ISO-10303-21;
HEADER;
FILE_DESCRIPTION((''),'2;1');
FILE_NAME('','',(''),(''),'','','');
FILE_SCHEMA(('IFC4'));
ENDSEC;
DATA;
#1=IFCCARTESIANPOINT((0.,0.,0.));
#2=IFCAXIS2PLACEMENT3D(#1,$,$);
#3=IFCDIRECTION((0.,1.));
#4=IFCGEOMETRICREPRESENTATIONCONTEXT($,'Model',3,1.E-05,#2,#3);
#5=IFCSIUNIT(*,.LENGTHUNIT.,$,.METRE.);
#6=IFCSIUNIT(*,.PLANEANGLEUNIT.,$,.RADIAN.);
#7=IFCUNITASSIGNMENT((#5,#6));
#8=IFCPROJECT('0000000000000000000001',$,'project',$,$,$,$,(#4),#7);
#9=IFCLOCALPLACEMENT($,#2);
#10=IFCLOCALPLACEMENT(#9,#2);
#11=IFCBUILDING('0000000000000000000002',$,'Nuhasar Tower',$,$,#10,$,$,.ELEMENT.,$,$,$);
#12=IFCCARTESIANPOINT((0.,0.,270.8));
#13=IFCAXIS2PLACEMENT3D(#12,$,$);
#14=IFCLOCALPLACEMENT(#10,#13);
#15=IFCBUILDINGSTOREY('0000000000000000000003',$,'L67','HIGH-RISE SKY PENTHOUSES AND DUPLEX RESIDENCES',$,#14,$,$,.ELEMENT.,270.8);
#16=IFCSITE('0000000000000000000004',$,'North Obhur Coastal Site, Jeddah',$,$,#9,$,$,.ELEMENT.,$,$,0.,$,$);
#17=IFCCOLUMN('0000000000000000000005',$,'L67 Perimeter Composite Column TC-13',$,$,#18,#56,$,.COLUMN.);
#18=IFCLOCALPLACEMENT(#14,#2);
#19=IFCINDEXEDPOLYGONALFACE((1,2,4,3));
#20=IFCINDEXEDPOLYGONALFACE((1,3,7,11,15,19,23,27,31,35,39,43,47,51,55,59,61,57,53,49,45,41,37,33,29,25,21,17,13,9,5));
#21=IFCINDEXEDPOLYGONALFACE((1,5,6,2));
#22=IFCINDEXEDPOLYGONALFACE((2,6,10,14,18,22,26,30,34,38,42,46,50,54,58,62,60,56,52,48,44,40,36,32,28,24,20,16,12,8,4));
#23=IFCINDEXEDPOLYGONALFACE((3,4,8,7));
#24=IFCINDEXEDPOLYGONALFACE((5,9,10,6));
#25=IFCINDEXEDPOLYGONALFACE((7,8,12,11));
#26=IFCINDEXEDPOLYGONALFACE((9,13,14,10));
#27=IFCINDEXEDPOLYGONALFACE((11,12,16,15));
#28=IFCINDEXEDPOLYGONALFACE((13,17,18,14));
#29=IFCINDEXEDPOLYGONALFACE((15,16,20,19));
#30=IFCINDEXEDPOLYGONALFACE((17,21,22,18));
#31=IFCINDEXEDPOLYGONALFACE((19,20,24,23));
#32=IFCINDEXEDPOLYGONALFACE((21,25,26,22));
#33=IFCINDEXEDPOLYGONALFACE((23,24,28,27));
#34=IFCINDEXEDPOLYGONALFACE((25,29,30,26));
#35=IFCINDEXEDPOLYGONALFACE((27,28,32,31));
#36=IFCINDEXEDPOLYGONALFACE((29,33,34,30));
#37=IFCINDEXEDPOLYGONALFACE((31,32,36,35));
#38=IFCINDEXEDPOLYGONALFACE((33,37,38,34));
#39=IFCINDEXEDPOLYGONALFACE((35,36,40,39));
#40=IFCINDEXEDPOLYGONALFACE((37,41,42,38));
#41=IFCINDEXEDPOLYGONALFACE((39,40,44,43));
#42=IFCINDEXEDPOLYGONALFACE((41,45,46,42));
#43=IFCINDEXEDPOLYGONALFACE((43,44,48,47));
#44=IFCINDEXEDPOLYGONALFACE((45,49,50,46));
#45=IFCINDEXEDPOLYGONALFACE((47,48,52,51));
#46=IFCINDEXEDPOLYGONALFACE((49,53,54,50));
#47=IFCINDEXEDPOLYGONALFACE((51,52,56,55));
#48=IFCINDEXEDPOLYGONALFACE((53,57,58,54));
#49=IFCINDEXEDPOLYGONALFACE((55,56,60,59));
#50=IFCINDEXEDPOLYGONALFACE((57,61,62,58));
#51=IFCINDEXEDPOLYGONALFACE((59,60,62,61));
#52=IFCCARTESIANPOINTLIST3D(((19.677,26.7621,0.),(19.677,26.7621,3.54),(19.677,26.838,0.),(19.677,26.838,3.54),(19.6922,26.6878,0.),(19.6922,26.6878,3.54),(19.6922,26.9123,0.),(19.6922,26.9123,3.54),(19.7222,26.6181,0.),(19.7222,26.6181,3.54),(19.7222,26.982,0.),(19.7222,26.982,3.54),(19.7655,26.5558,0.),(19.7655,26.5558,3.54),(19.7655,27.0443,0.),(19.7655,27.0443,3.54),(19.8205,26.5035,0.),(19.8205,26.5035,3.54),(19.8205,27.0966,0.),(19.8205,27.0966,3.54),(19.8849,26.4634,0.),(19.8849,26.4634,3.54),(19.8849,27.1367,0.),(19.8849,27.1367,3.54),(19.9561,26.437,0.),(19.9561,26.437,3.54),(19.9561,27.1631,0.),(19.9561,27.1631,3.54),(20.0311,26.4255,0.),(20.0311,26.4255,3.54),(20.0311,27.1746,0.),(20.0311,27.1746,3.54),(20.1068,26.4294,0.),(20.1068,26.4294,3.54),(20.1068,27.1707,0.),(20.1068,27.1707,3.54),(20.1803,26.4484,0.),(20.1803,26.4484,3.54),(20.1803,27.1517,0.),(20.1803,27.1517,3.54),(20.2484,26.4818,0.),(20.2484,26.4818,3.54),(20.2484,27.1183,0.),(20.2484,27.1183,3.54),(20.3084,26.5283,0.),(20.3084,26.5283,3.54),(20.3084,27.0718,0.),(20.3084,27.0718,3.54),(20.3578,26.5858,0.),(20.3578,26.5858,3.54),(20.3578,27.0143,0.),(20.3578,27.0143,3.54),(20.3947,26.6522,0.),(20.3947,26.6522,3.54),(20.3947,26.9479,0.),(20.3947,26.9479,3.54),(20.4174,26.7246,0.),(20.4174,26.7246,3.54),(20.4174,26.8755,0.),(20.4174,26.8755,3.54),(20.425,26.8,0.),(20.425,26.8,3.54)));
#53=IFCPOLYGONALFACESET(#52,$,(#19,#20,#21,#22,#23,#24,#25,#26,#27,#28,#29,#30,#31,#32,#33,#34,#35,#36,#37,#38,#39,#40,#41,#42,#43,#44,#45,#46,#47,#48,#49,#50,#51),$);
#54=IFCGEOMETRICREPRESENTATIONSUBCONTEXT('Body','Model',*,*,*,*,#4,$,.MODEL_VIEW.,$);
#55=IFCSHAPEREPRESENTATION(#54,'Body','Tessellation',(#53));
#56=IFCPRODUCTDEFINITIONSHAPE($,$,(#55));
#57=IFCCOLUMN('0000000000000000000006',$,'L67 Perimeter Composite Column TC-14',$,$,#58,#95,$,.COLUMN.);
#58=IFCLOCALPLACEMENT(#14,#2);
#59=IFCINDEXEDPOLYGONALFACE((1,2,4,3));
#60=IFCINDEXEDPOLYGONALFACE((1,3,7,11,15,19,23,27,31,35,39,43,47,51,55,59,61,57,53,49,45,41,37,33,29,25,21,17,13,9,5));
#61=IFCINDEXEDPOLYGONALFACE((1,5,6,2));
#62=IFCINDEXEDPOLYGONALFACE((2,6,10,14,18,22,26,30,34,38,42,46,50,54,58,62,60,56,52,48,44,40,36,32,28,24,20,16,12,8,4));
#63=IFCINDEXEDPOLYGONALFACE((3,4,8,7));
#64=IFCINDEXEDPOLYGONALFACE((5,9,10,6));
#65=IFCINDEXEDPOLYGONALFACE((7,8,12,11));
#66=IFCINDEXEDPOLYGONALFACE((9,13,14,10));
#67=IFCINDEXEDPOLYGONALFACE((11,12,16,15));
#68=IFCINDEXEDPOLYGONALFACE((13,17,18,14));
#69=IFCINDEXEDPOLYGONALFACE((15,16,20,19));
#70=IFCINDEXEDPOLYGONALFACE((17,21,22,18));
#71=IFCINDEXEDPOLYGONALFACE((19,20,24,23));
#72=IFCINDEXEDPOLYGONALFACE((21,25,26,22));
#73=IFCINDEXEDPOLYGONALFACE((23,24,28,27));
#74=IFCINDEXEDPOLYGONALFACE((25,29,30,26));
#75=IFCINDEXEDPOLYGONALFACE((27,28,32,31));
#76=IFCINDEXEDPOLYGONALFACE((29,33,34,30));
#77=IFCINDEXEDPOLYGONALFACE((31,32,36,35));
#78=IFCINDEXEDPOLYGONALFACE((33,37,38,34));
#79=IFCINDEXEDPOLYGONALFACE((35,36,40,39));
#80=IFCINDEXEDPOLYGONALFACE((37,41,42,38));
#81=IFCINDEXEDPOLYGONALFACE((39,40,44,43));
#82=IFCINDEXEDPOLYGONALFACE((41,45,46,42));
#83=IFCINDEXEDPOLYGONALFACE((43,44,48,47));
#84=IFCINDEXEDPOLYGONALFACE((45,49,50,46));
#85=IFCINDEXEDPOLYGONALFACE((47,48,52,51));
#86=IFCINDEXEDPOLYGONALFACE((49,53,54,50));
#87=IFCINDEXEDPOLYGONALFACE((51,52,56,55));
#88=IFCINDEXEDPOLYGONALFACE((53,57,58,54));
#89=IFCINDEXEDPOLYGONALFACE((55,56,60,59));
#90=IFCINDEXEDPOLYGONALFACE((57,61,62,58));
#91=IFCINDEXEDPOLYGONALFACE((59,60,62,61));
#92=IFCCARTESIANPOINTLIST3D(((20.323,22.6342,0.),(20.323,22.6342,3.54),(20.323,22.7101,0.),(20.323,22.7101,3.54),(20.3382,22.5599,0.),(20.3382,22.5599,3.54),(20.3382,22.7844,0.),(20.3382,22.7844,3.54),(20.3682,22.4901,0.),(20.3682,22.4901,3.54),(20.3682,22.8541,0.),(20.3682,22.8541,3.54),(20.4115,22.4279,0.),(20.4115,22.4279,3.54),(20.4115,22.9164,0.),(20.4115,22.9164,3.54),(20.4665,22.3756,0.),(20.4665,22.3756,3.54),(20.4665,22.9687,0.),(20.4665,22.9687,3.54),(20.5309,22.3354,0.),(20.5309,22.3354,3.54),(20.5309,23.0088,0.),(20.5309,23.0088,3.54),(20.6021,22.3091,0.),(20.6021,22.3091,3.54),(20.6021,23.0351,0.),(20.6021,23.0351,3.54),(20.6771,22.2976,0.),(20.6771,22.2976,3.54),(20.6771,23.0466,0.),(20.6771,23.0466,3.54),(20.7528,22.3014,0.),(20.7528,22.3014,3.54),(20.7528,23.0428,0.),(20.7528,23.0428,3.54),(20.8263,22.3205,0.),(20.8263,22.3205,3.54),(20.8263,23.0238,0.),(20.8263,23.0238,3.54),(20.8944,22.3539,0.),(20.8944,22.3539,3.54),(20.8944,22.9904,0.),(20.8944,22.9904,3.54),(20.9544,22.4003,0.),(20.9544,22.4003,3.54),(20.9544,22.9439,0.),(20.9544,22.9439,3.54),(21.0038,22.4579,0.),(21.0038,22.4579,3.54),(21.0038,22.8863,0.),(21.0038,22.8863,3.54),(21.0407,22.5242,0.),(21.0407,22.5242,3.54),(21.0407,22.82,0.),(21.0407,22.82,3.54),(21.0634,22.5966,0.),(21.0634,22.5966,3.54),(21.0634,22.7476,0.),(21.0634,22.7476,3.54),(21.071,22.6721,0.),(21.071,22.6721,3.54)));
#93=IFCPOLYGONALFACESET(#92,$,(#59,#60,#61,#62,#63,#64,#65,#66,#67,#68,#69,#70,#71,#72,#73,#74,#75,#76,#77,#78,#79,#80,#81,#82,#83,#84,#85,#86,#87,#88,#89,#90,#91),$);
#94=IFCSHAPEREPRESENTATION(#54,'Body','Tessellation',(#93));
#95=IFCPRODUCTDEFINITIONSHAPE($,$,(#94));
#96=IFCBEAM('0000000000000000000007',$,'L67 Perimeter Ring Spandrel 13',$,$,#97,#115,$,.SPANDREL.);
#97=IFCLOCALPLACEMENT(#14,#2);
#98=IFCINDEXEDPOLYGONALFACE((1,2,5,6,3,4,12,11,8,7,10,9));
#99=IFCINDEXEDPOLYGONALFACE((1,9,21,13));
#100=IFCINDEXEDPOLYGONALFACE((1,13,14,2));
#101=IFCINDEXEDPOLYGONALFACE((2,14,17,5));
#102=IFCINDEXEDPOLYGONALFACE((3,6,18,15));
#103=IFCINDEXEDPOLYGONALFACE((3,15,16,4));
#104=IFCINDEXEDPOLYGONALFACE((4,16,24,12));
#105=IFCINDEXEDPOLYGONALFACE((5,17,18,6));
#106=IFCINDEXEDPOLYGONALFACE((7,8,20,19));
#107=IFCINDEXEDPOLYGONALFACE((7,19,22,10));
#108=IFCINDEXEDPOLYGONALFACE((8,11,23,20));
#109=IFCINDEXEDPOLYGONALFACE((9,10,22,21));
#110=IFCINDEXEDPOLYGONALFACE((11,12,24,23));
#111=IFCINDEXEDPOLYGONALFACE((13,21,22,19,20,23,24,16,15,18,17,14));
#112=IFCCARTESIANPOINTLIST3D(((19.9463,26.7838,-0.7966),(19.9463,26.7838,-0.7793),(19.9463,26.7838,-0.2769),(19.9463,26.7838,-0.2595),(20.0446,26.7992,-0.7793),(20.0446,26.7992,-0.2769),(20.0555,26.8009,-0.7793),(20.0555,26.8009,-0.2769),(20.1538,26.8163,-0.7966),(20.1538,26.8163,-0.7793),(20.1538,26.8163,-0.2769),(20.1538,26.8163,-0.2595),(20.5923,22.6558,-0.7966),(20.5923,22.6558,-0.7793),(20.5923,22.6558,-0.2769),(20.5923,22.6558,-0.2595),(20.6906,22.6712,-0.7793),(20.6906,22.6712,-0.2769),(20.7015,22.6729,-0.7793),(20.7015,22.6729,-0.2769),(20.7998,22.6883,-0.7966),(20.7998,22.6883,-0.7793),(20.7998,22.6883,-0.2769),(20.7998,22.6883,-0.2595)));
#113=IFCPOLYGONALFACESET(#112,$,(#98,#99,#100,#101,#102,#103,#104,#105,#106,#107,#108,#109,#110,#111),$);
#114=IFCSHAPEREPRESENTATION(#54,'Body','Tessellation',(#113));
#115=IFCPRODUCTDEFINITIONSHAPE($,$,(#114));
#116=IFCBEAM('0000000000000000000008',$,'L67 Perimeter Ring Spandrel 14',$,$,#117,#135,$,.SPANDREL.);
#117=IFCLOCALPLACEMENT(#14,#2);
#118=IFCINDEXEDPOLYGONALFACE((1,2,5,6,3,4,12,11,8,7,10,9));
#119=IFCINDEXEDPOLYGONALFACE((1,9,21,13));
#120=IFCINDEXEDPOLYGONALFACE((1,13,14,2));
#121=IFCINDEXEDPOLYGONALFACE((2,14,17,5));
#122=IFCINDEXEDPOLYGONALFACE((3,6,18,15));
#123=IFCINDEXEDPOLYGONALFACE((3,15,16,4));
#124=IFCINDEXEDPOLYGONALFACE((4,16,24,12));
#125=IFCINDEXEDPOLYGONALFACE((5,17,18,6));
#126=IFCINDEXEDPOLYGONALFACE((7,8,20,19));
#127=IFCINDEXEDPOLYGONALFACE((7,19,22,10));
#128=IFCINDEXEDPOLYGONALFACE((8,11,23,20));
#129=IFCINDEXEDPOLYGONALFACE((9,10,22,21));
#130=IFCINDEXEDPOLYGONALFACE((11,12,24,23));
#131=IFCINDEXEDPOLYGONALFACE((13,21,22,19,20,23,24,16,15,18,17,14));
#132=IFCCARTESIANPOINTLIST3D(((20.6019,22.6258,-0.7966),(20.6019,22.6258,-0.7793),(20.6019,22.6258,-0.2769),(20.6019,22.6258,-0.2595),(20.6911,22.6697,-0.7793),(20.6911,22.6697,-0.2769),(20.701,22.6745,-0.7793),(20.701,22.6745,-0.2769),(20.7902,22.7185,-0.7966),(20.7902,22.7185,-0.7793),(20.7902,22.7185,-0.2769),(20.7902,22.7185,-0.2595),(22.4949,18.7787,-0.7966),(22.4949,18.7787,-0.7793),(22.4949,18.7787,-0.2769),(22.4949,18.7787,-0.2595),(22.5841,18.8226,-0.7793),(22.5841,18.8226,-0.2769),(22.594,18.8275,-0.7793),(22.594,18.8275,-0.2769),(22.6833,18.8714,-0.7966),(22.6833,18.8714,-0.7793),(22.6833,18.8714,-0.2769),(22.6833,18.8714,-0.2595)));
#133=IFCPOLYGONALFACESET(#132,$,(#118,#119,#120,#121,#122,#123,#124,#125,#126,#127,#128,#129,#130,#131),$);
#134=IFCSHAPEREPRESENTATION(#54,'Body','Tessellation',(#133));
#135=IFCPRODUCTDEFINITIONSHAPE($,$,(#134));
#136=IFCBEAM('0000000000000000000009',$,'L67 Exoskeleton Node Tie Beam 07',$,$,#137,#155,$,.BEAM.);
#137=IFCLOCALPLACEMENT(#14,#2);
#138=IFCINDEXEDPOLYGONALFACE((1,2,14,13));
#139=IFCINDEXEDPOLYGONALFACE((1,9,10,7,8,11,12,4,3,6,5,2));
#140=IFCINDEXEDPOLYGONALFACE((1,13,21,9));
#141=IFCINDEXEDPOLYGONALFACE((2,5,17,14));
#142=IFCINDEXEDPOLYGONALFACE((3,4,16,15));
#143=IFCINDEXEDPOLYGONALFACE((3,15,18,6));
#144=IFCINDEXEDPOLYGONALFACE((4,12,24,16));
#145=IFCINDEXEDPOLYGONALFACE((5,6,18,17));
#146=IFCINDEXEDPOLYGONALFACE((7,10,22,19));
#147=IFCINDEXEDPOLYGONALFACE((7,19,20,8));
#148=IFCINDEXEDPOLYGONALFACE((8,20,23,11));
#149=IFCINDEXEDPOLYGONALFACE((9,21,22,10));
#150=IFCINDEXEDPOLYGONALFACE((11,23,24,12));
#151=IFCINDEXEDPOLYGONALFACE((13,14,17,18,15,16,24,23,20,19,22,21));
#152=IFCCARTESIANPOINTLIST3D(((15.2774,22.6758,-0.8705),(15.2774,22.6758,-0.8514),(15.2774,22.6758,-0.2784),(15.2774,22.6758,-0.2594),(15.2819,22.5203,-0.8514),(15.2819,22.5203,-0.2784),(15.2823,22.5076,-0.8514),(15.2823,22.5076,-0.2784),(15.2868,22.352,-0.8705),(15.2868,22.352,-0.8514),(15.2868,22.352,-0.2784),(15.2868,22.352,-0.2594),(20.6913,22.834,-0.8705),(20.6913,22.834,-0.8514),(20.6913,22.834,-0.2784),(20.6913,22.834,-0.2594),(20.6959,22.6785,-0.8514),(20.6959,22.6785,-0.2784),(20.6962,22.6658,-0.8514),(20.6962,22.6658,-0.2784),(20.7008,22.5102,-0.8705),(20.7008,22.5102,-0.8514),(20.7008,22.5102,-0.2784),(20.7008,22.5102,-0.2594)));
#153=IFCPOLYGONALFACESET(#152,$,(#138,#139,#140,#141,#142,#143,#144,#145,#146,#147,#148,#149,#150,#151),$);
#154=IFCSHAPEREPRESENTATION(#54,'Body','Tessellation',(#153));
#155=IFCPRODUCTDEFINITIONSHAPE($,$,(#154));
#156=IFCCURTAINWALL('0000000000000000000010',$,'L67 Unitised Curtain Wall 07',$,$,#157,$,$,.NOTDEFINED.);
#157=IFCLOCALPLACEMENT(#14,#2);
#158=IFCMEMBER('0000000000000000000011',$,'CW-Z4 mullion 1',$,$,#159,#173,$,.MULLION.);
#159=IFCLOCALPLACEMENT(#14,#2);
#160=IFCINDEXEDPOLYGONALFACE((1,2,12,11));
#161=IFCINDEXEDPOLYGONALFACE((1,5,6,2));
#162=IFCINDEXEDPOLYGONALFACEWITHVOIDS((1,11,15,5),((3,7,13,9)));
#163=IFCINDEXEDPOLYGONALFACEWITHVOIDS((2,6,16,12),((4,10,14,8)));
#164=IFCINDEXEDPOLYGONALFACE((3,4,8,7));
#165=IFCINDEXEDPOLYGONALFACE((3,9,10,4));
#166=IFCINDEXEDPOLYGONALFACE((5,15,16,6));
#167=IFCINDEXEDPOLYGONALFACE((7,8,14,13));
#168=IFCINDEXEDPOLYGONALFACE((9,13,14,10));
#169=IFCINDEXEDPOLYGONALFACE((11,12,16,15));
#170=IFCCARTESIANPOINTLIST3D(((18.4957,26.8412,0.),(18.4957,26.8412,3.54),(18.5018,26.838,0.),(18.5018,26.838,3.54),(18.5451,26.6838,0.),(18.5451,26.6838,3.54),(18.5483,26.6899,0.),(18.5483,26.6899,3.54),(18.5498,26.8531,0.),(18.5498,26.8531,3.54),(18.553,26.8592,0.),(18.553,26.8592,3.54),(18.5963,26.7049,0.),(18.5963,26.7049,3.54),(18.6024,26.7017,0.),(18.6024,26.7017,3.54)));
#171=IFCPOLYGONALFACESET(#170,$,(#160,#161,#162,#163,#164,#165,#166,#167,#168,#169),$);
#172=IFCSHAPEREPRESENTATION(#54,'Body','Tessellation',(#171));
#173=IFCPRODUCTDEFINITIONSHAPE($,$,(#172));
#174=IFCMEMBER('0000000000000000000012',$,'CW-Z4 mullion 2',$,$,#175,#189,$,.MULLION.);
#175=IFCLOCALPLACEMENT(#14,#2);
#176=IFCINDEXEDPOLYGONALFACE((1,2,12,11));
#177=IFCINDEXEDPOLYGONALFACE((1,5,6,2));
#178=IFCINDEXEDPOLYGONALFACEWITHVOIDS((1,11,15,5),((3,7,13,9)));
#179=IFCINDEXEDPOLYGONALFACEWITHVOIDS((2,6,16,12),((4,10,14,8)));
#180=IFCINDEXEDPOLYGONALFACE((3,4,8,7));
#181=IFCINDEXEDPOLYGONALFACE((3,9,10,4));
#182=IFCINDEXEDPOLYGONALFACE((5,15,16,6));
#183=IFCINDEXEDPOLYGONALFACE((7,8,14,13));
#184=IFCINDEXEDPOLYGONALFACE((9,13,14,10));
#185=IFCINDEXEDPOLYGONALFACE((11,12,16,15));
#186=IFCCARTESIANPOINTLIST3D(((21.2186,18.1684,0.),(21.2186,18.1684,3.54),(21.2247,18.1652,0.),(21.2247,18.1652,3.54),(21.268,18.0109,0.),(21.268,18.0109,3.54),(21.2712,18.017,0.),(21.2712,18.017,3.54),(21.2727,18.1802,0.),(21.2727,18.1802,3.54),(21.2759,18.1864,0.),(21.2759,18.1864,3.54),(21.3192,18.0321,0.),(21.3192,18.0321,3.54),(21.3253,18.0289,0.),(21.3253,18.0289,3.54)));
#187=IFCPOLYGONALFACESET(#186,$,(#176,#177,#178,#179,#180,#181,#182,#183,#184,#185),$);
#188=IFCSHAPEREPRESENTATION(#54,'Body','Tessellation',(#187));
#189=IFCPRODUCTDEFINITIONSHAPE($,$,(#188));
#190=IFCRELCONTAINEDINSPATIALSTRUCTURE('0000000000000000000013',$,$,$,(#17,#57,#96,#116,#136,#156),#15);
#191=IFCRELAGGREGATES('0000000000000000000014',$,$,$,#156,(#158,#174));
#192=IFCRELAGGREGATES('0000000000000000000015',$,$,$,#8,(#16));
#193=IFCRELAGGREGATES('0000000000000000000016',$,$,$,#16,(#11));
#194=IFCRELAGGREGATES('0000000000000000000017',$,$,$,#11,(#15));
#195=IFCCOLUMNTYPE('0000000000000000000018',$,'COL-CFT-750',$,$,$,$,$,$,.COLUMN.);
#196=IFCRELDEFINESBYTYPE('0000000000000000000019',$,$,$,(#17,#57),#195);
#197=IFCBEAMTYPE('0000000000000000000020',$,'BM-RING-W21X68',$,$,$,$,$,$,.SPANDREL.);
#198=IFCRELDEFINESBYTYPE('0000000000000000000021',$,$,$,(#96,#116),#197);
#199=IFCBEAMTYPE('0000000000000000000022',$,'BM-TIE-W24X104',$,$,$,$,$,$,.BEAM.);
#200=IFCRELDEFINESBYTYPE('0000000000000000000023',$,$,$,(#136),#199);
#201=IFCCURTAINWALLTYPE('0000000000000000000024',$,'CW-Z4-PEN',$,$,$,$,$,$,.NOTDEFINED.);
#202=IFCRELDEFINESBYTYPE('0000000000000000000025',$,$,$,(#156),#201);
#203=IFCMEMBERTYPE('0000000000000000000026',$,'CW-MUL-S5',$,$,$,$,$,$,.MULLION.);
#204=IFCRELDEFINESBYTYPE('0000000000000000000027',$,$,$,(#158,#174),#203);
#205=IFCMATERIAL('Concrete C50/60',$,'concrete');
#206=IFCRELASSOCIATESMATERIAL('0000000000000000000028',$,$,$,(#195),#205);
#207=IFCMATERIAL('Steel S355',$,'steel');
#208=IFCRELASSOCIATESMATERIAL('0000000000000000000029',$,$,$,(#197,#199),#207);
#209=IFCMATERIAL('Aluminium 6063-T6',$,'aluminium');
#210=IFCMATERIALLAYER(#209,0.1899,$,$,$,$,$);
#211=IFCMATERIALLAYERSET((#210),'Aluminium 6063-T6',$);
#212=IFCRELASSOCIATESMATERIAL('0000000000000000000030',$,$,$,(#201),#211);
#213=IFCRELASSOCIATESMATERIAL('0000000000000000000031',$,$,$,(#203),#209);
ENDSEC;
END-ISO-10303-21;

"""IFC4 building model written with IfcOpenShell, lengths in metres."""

from ifc_helpers import new_model, si_unit, direction, frame, origin, origin_2d, place, context, subcontext, project, spatial, hollow_rectangle, circle, i_section, extrude, material, layer, layer_set, material_profile, profile_set, type_object, element, aggregate, save


model = new_model("IFC4")

# Units and contexts
model_context = context("Model", 3, precision=1e-05, world=origin(), true_north=direction((0.0, 1.0)))
body_context = subcontext(model_context, "Body", "Model", "MODEL_VIEW")
ifc_project = project(units=[si_unit("LENGTHUNIT", "METRE"), si_unit("PLANEANGLEUNIT", "RADIAN")], contexts=[model_context])

# Site, building, storey
site_placement = place(None, origin())
site = spatial("IfcSite", under=ifc_project, at=site_placement, Name="North Obhur Coastal Site, Jeddah", CompositionType="ELEMENT", RefElevation=0.0)
building_placement = place(site_placement, origin())
building = spatial("IfcBuilding", under=site, at=building_placement, Name="Nuhasar Tower", CompositionType="ELEMENT")
storey_placement = place(building_placement, frame((0.0, 0.0, 270.8)))
storey = spatial("IfcBuildingStorey", under=building, at=storey_placement, Name="L67", Description="HIGH-RISE SKY PENTHOUSES AND DUPLEX RESIDENCES", CompositionType="ELEMENT", Elevation=270.8)

# Columns
ifc_material_1 = material(Name="Concrete C50/60", Category="concrete")
ifc_material_profile_1 = material_profile(ifc_material_1, circle(Radius=0.375, at=origin_2d()), Name="CFT750")
ifc_profile_set_1 = profile_set([ifc_material_profile_1], Name="Concrete C50/60")
column_type = type_object("IfcColumnType", Name="COL-CFT-750", PredefinedType="COLUMN", material=ifc_profile_set_1)
for number, where, z_axis, x_axis, name in (
    (1, (20.05, 26.8, 0.0), (0.0, 0.0, 1.0), (1.0, 0.0, 0.0), "L67 Perimeter Composite Column TC-13"),
    (2, (20.696, 22.6721, 0.0), (0.0, 0.0, 1.0), (1.0, 0.0, 0.0), "L67 Perimeter Composite Column TC-14"),
):
    element("IfcColumn", number, at=place(storey_placement, frame(where, z_axis=z_axis, x_axis=x_axis)), inside=storey, type_object=column_type, Name=name, PredefinedType="COLUMN", context=body_context, shape_type="SweptSolid", body=[
        extrude(circle(Radius=0.375, at=origin_2d()), origin(), (0.0, 0.0, 1.0), 3.54),
    ])

# Beams
ifc_material_2 = material(Name="Steel S355", Category="steel")
ifc_material_profile_2 = material_profile(ifc_material_2, i_section(OverallWidth=0.21, OverallDepth=0.5371, WebThickness=0.011, FlangeThickness=0.0173, at=origin_2d()), Name="W21X68")
ifc_profile_set_2 = profile_set([ifc_material_profile_2], Name="Steel S355")
beam_type_1 = type_object("IfcBeamType", Name="BM-RING-W21X68", PredefinedType="SPANDREL", material=ifc_profile_set_2)
beam_1_placement = place(storey_placement, frame((20.05, 26.8, -0.5281), z_axis=(0.154612, -0.987975, 0.0), x_axis=(0.987975, 0.154612, 0.0)))
element("IfcBeam", 3, at=beam_1_placement, inside=storey, type_object=beam_type_1, Name="L67 Perimeter Ring Spandrel 13", PredefinedType="SPANDREL", context=body_context, shape_type="SweptSolid", body=[
    extrude(i_section(OverallWidth=0.21, OverallDepth=0.5371, WebThickness=0.011, FlangeThickness=0.0173, at=origin_2d()), origin(), (0.0, 0.0, 1.0), 4.1782),
])
beam_2_placement = place(storey_placement, frame((20.696, 22.6721, -0.5281), z_axis=(0.441511, -0.897256, 0.0), x_axis=(0.897256, 0.441511, 0.0)))
element("IfcBeam", 4, at=beam_2_placement, inside=storey, type_object=beam_type_1, Name="L67 Perimeter Ring Spandrel 14", PredefinedType="SPANDREL", context=body_context, shape_type="SweptSolid", body=[
    extrude(i_section(OverallWidth=0.21, OverallDepth=0.5371, WebThickness=0.011, FlangeThickness=0.0173, at=origin_2d()), origin(), (0.0, 0.0, 1.0), 4.2876),
])
ifc_material_profile_3 = material_profile(ifc_material_2, i_section(OverallWidth=0.324, OverallDepth=0.6111, WebThickness=0.0127, FlangeThickness=0.019, at=origin_2d()), Name="W24X104")
ifc_profile_set_3 = profile_set([ifc_material_profile_3], Name="Steel S355")
beam_type_2 = type_object("IfcBeamType", Name="BM-TIE-W24X104", PredefinedType="BEAM", material=ifc_profile_set_3)
beam_3_placement = place(storey_placement, frame((20.696, 22.6721, -0.5649), z_axis=(-0.999573, -0.029208, 0.0), x_axis=(0.029208, -0.999573, 0.0)))
element("IfcBeam", 5, at=beam_3_placement, inside=storey, type_object=beam_type_2, Name="L67 Exoskeleton Node Tie Beam 07", PredefinedType="BEAM", context=body_context, shape_type="SweptSolid", body=[
    extrude(i_section(OverallWidth=0.324, OverallDepth=0.6111, WebThickness=0.0127, FlangeThickness=0.019, at=origin_2d()), origin(), (0.0, 0.0, 1.0), 5.4163),
])

# Curtain wall, members
ifc_material_3 = material(Name="Aluminium 6063-T6", Category="aluminium")
ifc_layer_1 = layer(ifc_material_3, 0.1899)
ifc_layer_set_1 = layer_set([ifc_layer_1], Name="Aluminium 6063-T6")
curtain_wall_type = type_object("IfcCurtainWallType", Name="CW-Z4-PEN", PredefinedType="NOTDEFINED", material=ifc_layer_set_1)
curtain_wall_1_placement = place(storey_placement, origin())
curtain_wall_1 = element("IfcCurtainWall", 6, at=curtain_wall_1_placement, inside=storey, type_object=curtain_wall_type, Name="L67 Unitised Curtain Wall 07", PredefinedType="NOTDEFINED")
ifc_material_profile_4 = material_profile(ifc_material_3, hollow_rectangle(XDim=0.0601, YDim=0.165, WallThickness=0.0049, at=origin_2d()), Name="CWM-5")
ifc_profile_set_4 = profile_set([ifc_material_profile_4], Name="Aluminium 6063-T6")
member_type_1 = type_object("IfcMemberType", Name="CW-MUL-S5", PredefinedType="MULLION", material=ifc_profile_set_4)
member_1_placement = place(storey_placement, frame((18.5491, 26.7715, 0.0), z_axis=(0.0, 0.0, 1.0), x_axis=(0.954079, 0.299557, 0.0)))
member_1 = element("IfcMember", 7, at=member_1_placement, type_object=member_type_1, Name="CW-Z4 mullion 1", PredefinedType="MULLION", context=body_context, shape_type="SweptSolid", body=[
    extrude(hollow_rectangle(XDim=0.0601, YDim=0.165, WallThickness=0.0049, at=origin_2d()), origin(), (0.0, 0.0, 1.0), 3.54),
])
member_2_placement = place(storey_placement, frame((21.272, 18.0986, 0.0), z_axis=(0.0, 0.0, 1.0), x_axis=(0.954079, 0.299557, 0.0)))
member_2 = element("IfcMember", 8, at=member_2_placement, type_object=member_type_1, Name="CW-Z4 mullion 2", PredefinedType="MULLION", context=body_context, shape_type="SweptSolid", body=[
    extrude(hollow_rectangle(XDim=0.0601, YDim=0.165, WallThickness=0.0049, at=origin_2d()), origin(), (0.0, 0.0, 1.0), 3.54),
])

aggregate(curtain_wall_1, [member_1, member_2])

save(model, "model.ifc")
